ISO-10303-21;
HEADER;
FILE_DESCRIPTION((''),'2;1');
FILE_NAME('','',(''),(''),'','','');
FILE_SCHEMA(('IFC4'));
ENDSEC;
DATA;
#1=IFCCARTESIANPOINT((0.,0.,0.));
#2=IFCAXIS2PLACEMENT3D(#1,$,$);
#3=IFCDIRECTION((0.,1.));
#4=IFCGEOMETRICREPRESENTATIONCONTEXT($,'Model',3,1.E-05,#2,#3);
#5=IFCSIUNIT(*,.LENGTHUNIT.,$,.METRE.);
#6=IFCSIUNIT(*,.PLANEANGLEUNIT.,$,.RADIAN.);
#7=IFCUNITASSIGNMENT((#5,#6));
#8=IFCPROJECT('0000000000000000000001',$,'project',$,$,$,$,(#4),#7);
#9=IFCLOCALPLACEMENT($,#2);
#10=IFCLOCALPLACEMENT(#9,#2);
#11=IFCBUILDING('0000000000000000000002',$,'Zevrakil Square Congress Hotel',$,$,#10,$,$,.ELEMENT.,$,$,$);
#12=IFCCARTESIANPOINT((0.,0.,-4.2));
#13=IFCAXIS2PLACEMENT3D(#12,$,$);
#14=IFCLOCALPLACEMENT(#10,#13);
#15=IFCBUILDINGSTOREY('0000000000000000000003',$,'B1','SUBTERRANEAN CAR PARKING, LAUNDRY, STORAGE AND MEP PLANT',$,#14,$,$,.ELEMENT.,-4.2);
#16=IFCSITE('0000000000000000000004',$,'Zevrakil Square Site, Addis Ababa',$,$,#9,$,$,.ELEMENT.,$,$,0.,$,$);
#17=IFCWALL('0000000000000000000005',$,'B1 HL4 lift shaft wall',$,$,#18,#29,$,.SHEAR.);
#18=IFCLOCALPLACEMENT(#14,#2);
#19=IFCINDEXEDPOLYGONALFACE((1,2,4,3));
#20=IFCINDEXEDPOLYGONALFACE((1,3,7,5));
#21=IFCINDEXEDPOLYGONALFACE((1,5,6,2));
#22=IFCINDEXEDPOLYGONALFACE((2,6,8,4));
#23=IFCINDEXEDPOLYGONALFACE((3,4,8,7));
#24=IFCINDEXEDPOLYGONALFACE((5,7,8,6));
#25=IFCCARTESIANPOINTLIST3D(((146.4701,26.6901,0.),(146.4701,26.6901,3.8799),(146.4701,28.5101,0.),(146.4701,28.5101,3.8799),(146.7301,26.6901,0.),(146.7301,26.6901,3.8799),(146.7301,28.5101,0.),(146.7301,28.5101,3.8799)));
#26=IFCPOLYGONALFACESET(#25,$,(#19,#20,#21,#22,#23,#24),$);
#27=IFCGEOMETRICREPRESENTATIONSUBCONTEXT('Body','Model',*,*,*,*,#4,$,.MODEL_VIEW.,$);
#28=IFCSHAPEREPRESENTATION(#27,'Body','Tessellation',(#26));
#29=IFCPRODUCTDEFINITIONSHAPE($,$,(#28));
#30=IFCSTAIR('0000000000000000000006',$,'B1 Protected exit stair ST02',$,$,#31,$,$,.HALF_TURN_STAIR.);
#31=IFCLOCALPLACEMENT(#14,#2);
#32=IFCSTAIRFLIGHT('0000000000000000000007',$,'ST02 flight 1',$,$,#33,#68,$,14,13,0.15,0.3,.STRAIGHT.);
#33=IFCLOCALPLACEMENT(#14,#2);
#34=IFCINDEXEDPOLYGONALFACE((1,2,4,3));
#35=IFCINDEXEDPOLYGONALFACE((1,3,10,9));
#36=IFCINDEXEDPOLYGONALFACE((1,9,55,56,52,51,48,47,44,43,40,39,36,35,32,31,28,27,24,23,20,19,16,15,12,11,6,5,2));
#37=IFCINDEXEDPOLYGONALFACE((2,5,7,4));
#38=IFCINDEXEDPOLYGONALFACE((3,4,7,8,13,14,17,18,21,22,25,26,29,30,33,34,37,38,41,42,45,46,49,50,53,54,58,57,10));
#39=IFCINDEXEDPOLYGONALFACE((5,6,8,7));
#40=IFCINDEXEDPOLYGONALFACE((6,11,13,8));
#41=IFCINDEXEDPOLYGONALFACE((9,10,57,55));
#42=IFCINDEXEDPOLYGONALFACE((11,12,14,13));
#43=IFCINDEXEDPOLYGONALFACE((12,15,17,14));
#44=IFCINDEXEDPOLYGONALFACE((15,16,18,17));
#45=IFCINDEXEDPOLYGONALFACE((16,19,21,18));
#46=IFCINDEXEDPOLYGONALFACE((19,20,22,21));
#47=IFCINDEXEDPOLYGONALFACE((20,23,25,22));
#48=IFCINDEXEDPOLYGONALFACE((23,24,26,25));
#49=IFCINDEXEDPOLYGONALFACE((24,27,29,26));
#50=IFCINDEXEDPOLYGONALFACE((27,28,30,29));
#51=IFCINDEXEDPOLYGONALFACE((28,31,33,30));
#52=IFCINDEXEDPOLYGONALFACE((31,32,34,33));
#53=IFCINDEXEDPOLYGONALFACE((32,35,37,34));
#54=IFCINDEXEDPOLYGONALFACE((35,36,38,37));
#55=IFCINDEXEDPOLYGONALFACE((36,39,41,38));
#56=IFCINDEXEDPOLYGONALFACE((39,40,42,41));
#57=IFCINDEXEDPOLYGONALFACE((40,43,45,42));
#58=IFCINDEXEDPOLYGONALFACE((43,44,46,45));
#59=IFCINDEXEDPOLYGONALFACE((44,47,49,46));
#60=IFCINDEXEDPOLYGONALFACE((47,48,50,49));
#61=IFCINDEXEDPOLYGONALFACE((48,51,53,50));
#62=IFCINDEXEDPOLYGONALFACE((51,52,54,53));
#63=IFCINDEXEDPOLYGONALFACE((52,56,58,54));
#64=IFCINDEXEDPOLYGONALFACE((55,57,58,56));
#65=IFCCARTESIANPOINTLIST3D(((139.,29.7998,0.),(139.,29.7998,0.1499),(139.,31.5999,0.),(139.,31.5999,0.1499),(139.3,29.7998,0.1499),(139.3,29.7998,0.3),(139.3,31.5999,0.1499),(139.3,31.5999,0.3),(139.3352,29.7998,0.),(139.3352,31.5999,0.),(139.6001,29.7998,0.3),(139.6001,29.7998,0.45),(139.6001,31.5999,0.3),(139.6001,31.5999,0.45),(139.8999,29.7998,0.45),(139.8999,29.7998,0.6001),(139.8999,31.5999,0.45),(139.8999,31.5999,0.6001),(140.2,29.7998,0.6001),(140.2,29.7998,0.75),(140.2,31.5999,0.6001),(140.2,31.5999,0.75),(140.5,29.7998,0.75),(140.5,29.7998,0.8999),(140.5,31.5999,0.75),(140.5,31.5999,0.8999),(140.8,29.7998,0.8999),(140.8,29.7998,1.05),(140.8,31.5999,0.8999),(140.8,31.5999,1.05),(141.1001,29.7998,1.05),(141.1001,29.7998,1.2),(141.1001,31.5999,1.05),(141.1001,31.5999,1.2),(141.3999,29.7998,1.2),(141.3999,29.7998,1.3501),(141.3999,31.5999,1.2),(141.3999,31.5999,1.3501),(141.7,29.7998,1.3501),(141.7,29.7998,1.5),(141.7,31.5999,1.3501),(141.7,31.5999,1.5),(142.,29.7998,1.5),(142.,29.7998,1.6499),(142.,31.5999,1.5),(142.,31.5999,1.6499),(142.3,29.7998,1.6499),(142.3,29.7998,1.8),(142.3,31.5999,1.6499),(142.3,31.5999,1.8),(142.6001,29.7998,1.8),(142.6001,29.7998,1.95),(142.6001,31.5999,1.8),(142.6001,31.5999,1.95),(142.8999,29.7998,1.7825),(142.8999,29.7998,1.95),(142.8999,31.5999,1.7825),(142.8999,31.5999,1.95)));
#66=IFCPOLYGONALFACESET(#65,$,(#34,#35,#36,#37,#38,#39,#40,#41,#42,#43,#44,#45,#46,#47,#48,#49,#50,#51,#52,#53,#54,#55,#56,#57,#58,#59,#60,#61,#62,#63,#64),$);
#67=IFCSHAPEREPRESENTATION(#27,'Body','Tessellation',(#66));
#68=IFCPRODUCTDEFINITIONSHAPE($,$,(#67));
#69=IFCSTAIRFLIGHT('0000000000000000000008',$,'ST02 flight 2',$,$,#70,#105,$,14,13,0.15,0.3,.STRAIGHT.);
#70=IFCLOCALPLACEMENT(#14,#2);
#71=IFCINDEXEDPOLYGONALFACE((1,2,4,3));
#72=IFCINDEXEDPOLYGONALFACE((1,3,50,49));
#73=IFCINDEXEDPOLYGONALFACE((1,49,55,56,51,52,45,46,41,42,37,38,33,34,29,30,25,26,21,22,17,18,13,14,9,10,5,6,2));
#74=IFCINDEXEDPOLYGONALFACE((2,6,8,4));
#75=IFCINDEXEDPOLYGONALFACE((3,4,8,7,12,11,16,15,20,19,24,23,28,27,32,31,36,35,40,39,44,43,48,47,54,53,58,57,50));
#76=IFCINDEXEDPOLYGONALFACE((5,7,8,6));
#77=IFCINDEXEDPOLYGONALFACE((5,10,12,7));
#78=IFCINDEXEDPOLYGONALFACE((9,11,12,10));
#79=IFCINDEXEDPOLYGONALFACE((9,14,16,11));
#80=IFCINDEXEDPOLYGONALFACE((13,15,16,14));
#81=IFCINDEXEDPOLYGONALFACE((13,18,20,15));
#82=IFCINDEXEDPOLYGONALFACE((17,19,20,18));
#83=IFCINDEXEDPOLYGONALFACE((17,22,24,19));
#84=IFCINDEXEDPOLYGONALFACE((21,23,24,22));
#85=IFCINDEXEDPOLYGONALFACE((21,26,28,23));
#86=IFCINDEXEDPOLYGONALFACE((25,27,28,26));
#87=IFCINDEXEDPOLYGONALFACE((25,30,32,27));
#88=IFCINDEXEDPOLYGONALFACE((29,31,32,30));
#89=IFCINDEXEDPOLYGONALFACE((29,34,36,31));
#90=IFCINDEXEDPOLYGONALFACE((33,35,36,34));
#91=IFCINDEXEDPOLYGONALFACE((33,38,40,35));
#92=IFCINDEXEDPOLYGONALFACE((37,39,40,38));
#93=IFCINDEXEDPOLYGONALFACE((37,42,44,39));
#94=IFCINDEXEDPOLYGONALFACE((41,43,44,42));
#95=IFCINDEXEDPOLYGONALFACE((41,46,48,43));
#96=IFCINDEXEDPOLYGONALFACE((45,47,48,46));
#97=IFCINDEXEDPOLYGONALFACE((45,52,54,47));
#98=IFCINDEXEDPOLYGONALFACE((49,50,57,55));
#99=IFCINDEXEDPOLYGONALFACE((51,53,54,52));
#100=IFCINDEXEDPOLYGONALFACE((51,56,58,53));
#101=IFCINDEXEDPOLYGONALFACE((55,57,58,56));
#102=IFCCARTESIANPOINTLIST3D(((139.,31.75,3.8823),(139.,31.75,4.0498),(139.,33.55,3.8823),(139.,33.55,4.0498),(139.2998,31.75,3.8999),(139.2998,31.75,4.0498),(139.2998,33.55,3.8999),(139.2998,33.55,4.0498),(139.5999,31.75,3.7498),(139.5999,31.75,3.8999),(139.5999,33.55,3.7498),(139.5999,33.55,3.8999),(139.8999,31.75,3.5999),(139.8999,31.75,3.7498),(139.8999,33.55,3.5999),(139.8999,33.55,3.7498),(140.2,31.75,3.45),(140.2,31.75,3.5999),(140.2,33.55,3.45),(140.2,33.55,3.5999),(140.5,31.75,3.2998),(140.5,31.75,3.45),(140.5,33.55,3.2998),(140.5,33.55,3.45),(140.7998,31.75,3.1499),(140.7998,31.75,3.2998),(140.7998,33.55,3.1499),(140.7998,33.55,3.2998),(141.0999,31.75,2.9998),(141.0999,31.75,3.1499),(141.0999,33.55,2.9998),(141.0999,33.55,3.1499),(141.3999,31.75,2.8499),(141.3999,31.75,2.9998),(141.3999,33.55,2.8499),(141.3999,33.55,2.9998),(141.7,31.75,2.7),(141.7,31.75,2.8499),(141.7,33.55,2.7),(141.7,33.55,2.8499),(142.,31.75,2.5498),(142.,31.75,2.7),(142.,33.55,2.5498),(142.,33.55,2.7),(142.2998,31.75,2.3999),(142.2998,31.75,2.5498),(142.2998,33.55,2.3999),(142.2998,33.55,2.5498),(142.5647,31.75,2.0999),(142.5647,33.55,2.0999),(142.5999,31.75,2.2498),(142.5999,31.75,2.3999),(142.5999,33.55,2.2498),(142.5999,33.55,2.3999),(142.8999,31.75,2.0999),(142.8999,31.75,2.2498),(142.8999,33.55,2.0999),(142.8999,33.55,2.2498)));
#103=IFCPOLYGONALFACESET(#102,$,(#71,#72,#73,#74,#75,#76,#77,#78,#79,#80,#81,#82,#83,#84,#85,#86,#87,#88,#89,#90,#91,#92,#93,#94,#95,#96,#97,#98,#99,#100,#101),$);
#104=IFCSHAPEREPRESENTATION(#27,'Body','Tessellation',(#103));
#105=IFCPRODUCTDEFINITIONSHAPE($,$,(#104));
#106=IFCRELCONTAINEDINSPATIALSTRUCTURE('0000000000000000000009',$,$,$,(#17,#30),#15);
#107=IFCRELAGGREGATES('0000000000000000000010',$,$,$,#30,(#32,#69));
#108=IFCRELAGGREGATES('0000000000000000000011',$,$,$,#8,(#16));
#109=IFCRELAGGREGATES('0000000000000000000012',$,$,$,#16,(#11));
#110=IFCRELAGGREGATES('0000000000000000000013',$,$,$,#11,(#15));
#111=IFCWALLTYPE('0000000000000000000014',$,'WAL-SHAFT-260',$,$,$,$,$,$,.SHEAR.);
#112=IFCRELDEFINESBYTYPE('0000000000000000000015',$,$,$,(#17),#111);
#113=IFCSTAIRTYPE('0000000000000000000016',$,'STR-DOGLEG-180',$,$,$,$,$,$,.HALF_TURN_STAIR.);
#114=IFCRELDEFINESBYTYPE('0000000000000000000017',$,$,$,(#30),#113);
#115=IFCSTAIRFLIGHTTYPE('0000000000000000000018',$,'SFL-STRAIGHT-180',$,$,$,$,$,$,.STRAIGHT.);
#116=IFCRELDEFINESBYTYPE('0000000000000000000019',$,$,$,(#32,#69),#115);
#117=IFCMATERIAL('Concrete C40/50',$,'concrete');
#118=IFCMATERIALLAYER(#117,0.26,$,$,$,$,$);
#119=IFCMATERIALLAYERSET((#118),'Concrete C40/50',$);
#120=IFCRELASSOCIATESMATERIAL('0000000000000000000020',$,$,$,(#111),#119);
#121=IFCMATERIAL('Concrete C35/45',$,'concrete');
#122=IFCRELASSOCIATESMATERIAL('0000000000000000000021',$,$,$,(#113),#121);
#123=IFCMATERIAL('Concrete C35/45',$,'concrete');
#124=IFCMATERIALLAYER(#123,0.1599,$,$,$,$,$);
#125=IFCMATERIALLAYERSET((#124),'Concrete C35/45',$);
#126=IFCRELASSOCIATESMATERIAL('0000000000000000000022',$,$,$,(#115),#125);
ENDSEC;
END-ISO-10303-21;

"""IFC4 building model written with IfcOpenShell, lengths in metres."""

from ifc_helpers import new_model, si_unit, direction, frame, frame_2d, origin, place, context, subcontext, project, spatial, polyline, rectangle, outline, extrude, material, layer, layer_set, type_object, element, aggregate, save


model = new_model("IFC4")

# Units and contexts
model_context = context("Model", 3, precision=1e-05, world=origin(), true_north=direction((0.0, 1.0)))
body_context = subcontext(model_context, "Body", "Model", "MODEL_VIEW")
ifc_project = project(units=[si_unit("LENGTHUNIT", "METRE"), si_unit("PLANEANGLEUNIT", "RADIAN")], contexts=[model_context])

# Site, building, storey
site_placement = place(None, origin())
site = spatial("IfcSite", under=ifc_project, at=site_placement, Name="Zevrakil Square Site, Addis Ababa", CompositionType="ELEMENT", RefElevation=0.0)
building_placement = place(site_placement, origin())
building = spatial("IfcBuilding", under=site, at=building_placement, Name="Zevrakil Square Congress Hotel", CompositionType="ELEMENT")
storey_placement = place(building_placement, frame((0.0, 0.0, -4.2)))
storey = spatial("IfcBuildingStorey", under=building, at=storey_placement, Name="B1", Description="SUBTERRANEAN CAR PARKING, LAUNDRY, STORAGE AND MEP PLANT", CompositionType="ELEMENT", Elevation=-4.2)

# Shared definitions
ifc_material_1 = material(Name="Concrete C40/50", Category="concrete")
ifc_layer_1 = layer(ifc_material_1, 0.26)
ifc_layer_set_1 = layer_set([ifc_layer_1], Name="Concrete C40/50")
wall_type = type_object("IfcWallType", Name="WAL-SHAFT-260", PredefinedType="SHEAR", material=ifc_layer_set_1)

# Wall
wall_1_placement = place(storey_placement, frame((146.6001, 26.6899, 0.0), z_axis=(0.0, 0.0, 1.0), x_axis=(0.0, 1.0, 0.0)))
element("IfcWall", 1, at=wall_1_placement, inside=storey, type_object=wall_type, Name="B1 HL4 lift shaft wall", PredefinedType="SHEAR", context=body_context, shape_type="SweptSolid", body=[
    extrude(rectangle(XDim=1.8201, YDim=0.26, at=frame_2d((0.9102, 0.0))), origin(), (0.0, 0.0, 1.0), 3.8799),
])

# Stair, stair flights
ifc_material_2 = material(Name="Concrete C35/45", Category="concrete")
stair_type = type_object("IfcStairType", Name="STR-DOGLEG-180", PredefinedType="HALF_TURN_STAIR", material=ifc_material_2)
stair_placement = place(storey_placement, origin())
stair = element("IfcStair", 2, at=stair_placement, inside=storey, type_object=stair_type, Name="B1 Protected exit stair ST02", PredefinedType="HALF_TURN_STAIR")
ifc_material_3 = material(Name="Concrete C35/45", Category="concrete")
ifc_layer_2 = layer(ifc_material_3, 0.1599)
ifc_layer_set_2 = layer_set([ifc_layer_2], Name="Concrete C35/45")
stair_flight_type = type_object("IfcStairFlightType", Name="SFL-STRAIGHT-180", PredefinedType="STRAIGHT", material=ifc_layer_set_2)
stair_flight_1_placement = place(storey_placement, frame((139.0, 30.7, 0.0), z_axis=(0.0, 0.0, 1.0), x_axis=(1.0, 0.0, 0.0)))
stair_flight_1 = element("IfcStairFlight", 3, at=stair_flight_1_placement, type_object=stair_flight_type, Name="ST02 flight 1", NumberOfRisers=14, NumberOfTreads=13, PredefinedType="STRAIGHT", RiserHeight=0.15, TreadLength=0.3, context=body_context, shape_type="SweptSolid", body=[
    extrude(outline(polyline([(0.0, 0.0), (0.0, 0.1499), (0.3, 0.1499), (0.3, 0.3), (0.6001, 0.3), (0.6001, 0.45), (0.8999, 0.45), (0.8999, 0.6001), (1.2, 0.6001), (1.2, 0.75), (1.5, 0.75), (1.5, 0.8999), (1.8, 0.8999), (1.8, 1.05), (2.1001, 1.05), (2.1001, 1.2), (2.3999, 1.2), (2.3999, 1.3501), (2.7, 1.3501), (2.7, 1.5), (3.0, 1.5), (3.0, 1.6499), (3.3, 1.6499), (3.3, 1.8), (3.6001, 1.8), (3.6001, 1.95), (3.8999, 1.95), (3.8999, 2.1001), (3.8999, 1.7825), (0.3352, 0.0), (0.0, 0.0)])), frame((0.0, 0.8999, 0.0), z_axis=(0.0, -1.0, 0.0), x_axis=(1.0, 0.0, 0.0)), (0.0, 0.0, 1.0), 1.8),
])
stair_flight_2_placement = place(storey_placement, frame((142.8999, 32.6499, 2.0999), z_axis=(0.0, 0.0, 1.0), x_axis=(-1.0, 0.0, 0.0)))
stair_flight_2 = element("IfcStairFlight", 4, at=stair_flight_2_placement, type_object=stair_flight_type, Name="ST02 flight 2", NumberOfRisers=14, NumberOfTreads=13, PredefinedType="STRAIGHT", RiserHeight=0.15, TreadLength=0.3, context=body_context, shape_type="SweptSolid", body=[
    extrude(outline(polyline([(0.0, 0.0), (0.0, 0.1499), (0.3, 0.1499), (0.3, 0.3), (0.6001, 0.3), (0.6001, 0.45), (0.8999, 0.45), (0.8999, 0.6001), (1.2, 0.6001), (1.2, 0.75), (1.5, 0.75), (1.5, 0.8999), (1.8, 0.8999), (1.8, 1.05), (2.1001, 1.05), (2.1001, 1.2), (2.3999, 1.2), (2.3999, 1.3501), (2.7, 1.3501), (2.7, 1.5), (3.0, 1.5), (3.0, 1.6499), (3.3, 1.6499), (3.3, 1.8), (3.6001, 1.8), (3.6001, 1.95), (3.8999, 1.95), (3.8999, 2.1001), (3.8999, 1.7825), (0.3352, 0.0), (0.0, 0.0)])), frame((0.0, 0.8999, 0.0), z_axis=(0.0, -1.0, 0.0), x_axis=(1.0, 0.0, 0.0)), (0.0, 0.0, 1.0), 1.8),
])
aggregate(stair, [stair_flight_1, stair_flight_2])

save(model, "model.ifc")
